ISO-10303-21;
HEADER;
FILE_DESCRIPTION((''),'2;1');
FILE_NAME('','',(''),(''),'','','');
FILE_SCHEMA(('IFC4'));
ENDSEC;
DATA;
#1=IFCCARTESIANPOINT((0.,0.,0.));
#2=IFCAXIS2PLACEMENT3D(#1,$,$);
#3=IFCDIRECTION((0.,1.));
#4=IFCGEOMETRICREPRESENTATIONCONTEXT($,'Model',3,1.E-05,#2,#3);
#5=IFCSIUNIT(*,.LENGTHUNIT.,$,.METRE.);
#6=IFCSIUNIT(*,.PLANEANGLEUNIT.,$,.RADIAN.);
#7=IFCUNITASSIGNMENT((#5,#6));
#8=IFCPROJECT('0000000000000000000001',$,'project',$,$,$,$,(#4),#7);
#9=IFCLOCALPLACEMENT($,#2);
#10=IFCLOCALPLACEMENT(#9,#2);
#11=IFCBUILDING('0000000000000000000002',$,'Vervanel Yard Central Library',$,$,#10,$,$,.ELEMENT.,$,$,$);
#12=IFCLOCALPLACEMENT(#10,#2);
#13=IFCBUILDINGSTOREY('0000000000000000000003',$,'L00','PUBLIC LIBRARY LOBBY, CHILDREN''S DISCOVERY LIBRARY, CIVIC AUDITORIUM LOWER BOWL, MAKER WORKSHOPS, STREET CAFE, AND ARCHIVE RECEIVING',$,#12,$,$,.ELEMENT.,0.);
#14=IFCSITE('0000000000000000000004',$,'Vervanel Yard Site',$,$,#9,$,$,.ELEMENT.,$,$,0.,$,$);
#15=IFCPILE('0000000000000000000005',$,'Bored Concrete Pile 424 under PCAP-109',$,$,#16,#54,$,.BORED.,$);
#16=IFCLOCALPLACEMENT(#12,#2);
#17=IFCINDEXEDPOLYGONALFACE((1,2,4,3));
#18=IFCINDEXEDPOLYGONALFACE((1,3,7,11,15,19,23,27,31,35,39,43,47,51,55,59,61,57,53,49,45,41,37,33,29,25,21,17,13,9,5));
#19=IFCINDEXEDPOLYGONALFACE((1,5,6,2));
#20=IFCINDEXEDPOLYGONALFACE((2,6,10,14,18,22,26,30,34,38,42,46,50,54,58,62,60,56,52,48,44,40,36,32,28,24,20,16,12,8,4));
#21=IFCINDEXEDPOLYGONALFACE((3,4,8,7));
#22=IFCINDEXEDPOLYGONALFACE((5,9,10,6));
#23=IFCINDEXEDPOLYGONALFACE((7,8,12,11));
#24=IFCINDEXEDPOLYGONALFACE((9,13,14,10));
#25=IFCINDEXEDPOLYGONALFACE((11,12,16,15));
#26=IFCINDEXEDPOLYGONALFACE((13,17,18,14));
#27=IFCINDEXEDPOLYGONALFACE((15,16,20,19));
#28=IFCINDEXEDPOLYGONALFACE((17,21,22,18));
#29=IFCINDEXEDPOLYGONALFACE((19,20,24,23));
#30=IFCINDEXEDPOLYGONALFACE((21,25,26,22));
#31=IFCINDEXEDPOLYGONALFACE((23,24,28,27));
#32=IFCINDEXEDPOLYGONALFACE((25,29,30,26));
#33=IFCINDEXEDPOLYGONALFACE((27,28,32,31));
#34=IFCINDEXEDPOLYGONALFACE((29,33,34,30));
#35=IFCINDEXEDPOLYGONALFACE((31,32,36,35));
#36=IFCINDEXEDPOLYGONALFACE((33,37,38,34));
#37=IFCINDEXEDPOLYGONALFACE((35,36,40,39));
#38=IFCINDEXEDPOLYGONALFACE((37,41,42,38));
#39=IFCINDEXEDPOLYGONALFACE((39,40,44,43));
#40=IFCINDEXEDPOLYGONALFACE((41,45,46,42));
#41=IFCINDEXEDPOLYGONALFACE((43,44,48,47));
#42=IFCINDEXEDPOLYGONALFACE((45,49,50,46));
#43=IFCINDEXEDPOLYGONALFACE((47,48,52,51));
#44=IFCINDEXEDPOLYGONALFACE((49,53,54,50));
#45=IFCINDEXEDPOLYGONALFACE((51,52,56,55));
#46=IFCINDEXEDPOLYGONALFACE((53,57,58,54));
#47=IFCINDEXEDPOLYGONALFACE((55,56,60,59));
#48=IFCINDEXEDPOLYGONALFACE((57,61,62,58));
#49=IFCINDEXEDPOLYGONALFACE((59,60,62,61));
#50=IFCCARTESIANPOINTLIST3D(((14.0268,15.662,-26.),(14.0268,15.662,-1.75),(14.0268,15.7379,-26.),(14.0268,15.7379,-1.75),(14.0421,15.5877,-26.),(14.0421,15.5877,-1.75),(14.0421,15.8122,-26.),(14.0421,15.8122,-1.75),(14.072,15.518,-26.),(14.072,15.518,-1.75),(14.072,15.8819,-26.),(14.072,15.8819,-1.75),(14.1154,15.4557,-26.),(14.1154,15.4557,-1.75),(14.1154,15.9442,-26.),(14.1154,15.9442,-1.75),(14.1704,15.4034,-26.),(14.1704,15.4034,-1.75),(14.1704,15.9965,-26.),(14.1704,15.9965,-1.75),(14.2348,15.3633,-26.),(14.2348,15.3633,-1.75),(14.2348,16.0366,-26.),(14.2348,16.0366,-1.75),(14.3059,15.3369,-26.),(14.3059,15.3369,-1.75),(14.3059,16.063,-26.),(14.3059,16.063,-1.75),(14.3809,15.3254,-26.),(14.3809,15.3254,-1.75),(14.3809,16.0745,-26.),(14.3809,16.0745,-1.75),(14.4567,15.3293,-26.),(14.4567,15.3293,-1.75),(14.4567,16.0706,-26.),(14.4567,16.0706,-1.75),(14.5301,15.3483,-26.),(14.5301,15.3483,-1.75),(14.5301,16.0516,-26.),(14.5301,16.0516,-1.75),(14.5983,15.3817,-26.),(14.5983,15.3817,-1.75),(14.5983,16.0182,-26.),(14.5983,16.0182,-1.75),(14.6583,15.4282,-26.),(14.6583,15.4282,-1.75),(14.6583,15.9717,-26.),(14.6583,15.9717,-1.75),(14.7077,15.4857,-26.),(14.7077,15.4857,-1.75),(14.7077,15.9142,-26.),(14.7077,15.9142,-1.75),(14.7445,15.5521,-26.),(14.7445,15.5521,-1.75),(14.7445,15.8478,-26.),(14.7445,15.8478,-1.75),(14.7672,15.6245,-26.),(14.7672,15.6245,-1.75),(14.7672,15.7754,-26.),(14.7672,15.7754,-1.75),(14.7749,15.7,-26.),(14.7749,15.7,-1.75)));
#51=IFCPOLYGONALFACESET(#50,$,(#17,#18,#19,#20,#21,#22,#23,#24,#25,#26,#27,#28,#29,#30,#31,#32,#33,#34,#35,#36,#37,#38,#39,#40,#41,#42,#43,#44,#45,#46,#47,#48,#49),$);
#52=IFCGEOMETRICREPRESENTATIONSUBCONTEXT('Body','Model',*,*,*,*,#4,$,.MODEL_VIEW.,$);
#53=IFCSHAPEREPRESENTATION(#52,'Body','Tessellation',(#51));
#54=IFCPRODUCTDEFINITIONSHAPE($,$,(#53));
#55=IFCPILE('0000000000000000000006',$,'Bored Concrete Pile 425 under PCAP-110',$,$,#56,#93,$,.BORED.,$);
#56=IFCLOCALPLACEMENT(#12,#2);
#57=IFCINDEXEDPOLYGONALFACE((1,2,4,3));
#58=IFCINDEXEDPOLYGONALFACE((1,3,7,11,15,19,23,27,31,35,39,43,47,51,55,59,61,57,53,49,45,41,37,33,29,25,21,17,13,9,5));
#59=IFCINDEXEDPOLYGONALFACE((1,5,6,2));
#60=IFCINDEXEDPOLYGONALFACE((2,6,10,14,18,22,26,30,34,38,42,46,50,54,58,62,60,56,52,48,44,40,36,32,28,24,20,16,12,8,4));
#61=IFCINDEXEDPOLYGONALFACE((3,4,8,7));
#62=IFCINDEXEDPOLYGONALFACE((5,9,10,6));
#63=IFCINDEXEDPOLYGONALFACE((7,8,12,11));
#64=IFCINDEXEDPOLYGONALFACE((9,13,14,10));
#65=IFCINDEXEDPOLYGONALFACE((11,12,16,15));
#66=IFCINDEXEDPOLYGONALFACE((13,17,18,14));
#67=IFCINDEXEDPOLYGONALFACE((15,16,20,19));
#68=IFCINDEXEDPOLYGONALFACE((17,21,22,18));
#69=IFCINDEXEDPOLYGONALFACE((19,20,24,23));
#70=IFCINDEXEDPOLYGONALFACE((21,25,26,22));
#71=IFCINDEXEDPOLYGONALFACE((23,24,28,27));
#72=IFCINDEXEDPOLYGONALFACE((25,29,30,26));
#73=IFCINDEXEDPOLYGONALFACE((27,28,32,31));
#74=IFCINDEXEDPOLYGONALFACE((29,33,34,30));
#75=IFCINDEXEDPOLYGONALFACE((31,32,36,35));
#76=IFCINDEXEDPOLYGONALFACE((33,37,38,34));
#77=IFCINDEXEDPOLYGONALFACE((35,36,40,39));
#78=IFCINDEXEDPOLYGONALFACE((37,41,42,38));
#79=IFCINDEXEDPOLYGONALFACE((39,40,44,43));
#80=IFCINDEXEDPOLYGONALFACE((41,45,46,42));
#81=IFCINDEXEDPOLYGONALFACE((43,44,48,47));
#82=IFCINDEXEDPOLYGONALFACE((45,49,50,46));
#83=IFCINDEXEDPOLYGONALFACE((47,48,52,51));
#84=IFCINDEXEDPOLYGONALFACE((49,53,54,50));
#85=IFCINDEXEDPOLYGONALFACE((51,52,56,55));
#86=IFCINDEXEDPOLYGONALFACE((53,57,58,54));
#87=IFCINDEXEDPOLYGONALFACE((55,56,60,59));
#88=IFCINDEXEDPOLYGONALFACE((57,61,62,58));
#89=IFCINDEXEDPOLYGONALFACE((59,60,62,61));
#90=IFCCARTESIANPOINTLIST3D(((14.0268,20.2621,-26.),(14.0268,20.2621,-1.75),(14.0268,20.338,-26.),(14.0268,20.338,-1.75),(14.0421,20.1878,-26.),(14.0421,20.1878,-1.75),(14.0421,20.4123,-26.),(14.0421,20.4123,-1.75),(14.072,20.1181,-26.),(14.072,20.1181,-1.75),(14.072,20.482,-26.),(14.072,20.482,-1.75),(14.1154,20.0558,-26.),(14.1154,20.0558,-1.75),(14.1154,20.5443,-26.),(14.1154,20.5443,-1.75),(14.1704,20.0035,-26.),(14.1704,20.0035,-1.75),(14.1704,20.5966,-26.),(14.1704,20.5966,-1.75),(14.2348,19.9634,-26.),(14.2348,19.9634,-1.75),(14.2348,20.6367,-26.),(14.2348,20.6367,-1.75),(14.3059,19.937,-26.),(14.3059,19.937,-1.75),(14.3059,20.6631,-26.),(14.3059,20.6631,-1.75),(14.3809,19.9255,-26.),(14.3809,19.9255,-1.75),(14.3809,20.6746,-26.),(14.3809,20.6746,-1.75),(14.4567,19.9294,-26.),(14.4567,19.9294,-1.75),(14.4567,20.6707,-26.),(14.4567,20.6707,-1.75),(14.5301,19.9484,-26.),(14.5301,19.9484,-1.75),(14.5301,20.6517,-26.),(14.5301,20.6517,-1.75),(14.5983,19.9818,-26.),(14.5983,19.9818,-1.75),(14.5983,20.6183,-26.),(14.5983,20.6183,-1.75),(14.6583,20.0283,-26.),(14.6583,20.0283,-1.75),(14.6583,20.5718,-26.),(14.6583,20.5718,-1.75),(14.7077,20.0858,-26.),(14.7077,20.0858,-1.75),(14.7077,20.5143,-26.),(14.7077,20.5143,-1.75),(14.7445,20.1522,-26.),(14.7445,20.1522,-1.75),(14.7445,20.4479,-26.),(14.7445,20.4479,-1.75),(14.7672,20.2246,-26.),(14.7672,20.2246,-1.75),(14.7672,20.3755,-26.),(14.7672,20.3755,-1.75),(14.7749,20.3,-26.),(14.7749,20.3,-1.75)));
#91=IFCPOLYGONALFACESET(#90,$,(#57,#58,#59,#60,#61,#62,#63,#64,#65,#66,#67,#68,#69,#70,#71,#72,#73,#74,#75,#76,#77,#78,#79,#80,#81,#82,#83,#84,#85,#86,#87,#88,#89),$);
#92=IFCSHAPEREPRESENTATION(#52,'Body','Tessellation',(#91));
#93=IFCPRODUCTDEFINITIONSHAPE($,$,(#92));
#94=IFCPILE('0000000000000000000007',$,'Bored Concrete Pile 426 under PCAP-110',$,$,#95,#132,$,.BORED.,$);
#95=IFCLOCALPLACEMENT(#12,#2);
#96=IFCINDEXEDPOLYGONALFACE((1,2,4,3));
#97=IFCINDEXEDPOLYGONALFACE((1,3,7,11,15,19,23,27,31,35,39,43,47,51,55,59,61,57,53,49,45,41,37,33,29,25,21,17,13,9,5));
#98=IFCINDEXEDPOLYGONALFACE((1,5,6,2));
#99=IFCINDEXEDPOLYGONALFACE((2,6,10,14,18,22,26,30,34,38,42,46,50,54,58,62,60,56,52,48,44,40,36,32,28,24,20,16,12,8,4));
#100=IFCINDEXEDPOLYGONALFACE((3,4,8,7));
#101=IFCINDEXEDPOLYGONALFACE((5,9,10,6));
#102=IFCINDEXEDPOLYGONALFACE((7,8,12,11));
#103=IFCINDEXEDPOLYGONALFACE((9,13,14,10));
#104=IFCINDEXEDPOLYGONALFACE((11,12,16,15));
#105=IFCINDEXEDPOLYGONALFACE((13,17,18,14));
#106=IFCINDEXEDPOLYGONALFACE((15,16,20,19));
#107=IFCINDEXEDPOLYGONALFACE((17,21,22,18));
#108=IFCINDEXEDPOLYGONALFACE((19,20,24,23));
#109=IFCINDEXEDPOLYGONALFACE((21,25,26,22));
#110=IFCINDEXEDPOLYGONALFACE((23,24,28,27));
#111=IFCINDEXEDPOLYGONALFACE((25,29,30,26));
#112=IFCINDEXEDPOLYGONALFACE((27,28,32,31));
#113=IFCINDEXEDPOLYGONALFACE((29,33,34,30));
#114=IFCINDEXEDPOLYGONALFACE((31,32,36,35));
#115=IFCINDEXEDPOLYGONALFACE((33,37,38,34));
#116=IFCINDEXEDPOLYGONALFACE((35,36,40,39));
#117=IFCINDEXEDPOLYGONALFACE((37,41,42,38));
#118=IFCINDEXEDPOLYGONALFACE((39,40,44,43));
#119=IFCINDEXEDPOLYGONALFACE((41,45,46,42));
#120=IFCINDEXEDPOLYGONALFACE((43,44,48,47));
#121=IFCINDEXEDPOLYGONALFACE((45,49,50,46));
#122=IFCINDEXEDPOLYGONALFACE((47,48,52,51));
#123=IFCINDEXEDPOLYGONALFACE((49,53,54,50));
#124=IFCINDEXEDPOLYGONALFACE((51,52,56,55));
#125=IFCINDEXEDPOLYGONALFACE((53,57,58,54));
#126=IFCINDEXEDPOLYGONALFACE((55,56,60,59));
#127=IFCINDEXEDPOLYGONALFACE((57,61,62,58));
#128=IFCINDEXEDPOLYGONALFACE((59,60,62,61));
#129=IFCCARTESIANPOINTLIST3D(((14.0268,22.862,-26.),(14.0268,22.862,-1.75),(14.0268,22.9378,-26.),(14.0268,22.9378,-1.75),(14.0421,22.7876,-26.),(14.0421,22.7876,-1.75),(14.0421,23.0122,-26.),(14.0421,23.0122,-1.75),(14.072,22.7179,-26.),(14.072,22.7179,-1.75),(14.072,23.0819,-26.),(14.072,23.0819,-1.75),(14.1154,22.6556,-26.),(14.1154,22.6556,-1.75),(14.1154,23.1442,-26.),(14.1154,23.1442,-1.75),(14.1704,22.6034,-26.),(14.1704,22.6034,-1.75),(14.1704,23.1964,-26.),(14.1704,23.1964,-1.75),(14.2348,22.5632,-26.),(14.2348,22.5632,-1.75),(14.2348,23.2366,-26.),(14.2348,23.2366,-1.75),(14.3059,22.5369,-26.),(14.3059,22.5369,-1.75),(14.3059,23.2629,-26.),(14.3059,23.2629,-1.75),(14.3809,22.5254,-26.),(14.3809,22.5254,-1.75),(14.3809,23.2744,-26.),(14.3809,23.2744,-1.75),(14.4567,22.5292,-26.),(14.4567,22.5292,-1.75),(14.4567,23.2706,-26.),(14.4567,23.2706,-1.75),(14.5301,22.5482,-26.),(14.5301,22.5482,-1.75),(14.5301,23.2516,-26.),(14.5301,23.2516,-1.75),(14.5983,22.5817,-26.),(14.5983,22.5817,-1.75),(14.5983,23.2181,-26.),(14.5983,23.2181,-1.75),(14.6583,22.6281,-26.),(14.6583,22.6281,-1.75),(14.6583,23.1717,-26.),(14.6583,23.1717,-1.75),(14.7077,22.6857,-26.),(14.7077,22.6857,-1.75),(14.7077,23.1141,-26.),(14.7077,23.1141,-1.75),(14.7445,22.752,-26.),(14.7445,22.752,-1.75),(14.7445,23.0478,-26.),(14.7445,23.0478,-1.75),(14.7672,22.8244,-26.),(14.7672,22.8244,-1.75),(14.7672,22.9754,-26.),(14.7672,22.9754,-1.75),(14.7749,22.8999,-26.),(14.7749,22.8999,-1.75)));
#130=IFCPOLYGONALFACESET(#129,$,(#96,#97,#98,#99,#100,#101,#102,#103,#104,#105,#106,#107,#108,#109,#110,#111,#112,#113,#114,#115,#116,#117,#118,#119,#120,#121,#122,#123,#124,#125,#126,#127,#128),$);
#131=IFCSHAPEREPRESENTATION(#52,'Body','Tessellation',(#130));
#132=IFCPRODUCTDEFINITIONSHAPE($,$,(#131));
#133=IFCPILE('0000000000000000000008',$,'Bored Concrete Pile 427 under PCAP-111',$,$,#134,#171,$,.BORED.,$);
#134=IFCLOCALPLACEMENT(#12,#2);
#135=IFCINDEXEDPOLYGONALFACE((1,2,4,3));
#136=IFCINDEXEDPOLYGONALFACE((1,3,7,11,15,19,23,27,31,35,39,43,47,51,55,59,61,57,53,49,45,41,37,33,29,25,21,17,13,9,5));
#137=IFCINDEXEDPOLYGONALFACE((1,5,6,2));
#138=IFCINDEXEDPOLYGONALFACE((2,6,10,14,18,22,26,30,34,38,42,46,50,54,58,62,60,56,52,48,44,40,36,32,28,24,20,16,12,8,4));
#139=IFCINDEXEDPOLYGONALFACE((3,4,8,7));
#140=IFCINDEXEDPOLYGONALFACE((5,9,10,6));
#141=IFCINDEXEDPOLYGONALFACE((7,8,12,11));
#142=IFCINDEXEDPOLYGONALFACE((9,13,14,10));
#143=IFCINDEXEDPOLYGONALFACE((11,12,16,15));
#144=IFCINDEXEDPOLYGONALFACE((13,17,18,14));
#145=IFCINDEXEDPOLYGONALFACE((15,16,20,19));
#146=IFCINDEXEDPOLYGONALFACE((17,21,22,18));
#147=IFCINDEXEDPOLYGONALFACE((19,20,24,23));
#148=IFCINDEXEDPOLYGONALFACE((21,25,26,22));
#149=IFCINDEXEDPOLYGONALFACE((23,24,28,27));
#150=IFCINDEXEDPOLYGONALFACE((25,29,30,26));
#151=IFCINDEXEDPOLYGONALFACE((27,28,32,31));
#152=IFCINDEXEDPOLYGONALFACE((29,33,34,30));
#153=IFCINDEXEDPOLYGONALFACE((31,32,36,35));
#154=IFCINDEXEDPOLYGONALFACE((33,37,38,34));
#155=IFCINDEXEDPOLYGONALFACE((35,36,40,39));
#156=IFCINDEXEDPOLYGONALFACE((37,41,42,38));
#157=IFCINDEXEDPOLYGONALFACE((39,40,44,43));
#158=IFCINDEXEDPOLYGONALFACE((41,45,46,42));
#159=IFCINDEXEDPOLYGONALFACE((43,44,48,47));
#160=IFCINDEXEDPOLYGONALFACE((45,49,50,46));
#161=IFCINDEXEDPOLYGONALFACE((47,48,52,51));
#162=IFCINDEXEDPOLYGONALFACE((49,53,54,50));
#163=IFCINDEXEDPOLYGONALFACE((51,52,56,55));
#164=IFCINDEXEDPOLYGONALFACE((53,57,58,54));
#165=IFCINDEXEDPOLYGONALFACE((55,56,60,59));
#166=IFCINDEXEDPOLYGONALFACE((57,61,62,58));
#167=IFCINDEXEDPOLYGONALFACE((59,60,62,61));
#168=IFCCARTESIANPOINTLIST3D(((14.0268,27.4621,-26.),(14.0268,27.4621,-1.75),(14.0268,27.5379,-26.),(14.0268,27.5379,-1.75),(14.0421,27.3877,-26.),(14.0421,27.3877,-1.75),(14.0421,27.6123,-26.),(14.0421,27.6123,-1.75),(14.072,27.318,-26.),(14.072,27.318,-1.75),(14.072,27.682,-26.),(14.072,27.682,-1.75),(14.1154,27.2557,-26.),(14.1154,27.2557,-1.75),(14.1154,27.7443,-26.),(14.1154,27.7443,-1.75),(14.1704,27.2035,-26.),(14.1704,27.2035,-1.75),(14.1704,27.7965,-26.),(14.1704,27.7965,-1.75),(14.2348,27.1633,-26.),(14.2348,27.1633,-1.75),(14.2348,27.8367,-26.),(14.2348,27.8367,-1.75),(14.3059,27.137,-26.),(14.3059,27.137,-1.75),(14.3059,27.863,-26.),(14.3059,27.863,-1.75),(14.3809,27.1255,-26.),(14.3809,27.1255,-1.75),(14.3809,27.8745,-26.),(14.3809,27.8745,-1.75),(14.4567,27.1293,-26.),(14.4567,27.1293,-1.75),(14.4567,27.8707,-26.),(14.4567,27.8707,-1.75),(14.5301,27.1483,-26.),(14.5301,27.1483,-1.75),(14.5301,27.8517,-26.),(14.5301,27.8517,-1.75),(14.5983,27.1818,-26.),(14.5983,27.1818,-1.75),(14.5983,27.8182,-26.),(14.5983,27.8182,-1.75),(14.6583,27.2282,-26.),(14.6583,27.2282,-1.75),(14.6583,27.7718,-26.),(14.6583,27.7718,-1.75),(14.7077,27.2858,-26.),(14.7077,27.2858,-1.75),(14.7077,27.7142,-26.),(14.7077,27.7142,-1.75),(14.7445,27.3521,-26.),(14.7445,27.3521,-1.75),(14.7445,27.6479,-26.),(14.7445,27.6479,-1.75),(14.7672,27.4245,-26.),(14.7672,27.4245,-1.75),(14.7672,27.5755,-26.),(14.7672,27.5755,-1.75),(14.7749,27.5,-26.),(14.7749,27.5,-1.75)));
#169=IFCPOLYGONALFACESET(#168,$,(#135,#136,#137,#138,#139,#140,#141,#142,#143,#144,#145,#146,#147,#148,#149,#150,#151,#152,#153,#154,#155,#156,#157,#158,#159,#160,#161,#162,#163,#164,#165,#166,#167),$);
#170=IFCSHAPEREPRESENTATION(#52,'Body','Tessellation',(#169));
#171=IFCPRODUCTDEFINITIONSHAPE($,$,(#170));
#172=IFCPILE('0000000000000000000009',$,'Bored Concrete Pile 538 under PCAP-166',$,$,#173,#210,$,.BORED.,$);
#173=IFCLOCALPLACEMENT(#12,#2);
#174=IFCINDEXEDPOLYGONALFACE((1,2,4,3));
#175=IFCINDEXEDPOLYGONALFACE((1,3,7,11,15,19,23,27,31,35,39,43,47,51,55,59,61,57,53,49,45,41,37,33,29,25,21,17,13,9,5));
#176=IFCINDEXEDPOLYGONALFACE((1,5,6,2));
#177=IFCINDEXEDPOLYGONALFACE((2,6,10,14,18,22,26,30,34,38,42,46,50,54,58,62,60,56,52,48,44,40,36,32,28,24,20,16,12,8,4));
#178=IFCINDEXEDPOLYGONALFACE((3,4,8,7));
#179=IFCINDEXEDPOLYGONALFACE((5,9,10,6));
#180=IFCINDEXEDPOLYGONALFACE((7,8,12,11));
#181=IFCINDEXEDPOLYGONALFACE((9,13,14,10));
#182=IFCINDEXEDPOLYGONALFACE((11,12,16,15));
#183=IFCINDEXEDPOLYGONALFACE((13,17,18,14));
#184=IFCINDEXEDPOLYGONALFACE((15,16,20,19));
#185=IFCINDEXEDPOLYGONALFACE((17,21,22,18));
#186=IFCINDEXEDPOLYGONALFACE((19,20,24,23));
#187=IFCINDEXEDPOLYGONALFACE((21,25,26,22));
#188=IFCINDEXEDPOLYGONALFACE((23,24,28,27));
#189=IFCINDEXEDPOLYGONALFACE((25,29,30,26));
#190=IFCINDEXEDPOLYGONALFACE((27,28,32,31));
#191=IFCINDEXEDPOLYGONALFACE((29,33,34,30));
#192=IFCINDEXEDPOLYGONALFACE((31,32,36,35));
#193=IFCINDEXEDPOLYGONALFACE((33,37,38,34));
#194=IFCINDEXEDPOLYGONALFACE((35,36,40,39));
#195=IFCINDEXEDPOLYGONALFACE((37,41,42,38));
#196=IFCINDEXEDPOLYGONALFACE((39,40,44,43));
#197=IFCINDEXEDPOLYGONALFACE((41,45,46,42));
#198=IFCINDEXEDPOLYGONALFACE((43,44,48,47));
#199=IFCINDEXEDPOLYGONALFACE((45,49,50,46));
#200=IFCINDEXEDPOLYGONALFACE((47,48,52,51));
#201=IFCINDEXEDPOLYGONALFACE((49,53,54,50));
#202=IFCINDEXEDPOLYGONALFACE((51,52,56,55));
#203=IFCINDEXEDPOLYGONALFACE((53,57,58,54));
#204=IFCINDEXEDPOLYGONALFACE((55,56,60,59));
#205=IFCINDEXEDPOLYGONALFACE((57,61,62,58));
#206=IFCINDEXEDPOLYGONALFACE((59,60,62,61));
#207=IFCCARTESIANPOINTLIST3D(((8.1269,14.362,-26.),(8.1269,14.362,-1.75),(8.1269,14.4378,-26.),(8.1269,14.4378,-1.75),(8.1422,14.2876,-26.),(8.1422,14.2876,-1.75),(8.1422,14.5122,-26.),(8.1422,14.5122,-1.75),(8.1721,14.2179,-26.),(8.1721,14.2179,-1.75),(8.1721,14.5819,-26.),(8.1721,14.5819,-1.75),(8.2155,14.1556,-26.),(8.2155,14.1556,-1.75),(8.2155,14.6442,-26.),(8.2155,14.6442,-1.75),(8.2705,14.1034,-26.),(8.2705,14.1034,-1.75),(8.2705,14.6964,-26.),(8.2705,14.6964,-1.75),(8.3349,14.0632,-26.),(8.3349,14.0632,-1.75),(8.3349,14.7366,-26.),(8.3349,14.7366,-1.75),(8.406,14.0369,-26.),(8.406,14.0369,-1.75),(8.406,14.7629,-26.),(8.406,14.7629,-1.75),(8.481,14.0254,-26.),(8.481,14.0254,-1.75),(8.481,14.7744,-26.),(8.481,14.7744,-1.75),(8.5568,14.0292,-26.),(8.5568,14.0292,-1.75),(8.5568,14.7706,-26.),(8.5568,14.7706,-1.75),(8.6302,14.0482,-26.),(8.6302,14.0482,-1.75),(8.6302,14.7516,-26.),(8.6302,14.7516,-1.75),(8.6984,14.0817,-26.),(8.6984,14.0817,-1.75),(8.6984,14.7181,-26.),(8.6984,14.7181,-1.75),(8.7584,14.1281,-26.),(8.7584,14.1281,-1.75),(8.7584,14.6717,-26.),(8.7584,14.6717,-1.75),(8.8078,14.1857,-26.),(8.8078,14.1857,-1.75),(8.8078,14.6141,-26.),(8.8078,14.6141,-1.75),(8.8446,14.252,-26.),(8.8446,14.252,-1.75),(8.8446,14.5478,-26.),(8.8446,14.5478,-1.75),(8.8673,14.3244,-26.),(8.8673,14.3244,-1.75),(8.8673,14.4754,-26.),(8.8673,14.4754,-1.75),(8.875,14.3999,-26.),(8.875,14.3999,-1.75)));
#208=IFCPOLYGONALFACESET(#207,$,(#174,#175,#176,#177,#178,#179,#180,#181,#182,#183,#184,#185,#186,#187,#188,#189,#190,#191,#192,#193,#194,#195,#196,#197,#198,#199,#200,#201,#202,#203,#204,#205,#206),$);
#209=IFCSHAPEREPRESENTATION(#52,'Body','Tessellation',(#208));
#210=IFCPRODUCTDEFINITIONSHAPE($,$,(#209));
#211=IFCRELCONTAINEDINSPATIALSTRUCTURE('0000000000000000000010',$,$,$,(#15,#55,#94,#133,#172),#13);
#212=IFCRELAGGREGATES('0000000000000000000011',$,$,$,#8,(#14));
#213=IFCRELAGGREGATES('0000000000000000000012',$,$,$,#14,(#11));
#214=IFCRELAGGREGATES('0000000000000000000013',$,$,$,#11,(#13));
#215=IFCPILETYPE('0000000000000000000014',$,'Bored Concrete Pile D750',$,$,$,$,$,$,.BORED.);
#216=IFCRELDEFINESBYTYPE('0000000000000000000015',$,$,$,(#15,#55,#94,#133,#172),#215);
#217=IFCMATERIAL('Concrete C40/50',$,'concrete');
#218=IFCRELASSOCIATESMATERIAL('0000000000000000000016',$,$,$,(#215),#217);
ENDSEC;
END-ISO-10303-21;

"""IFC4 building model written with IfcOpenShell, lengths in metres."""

from ifc_helpers import new_model, si_unit, direction, frame, origin, origin_2d, place, context, subcontext, project, spatial, circle, extrude, material, material_profile, profile_set, type_object, element, save


model = new_model("IFC4")

# Units and contexts
model_context = context("Model", 3, precision=1e-05, world=origin(), true_north=direction((0.0, 1.0)))
body_context = subcontext(model_context, "Body", "Model", "MODEL_VIEW")
ifc_project = project(units=[si_unit("LENGTHUNIT", "METRE"), si_unit("PLANEANGLEUNIT", "RADIAN")], contexts=[model_context])

# Site, building, storey
site_placement = place(None, origin())
site = spatial("IfcSite", under=ifc_project, at=site_placement, Name="Vervanel Yard Site", CompositionType="ELEMENT", RefElevation=0.0)
building_placement = place(site_placement, origin())
building = spatial("IfcBuilding", under=site, at=building_placement, Name="Vervanel Yard Central Library", CompositionType="ELEMENT")
storey_placement = place(building_placement, origin())
storey = spatial("IfcBuildingStorey", under=building, at=storey_placement, Name="L00", Description="PUBLIC LIBRARY LOBBY, CHILDREN'S DISCOVERY LIBRARY, CIVIC AUDITORIUM LOWER BOWL, MAKER WORKSHOPS, STREET CAFE, AND ARCHIVE RECEIVING", CompositionType="ELEMENT", Elevation=0.0)

# Piles
ifc_material_1 = material(Name="Concrete C40/50", Category="concrete")
ifc_material_profile_1 = material_profile(ifc_material_1, circle(Radius=0.375, at=origin_2d()), Name="BP D750", Category="concrete")
ifc_profile_set_1 = profile_set([ifc_material_profile_1], Name="Concrete C40/50")
pile_type = type_object("IfcPileType", Name="Bored Concrete Pile D750", PredefinedType="BORED", material=ifc_profile_set_1)
for number, where, z_axis, x_axis, name in (
    (1, (14.3999, 15.7, -1.75), (0.0, 0.0, -1.0), (1.0, 0.0, 0.0), "Bored Concrete Pile 424 under PCAP-109"),
    (2, (14.3999, 20.3, -1.75), (0.0, 0.0, -1.0), (1.0, 0.0, 0.0), "Bored Concrete Pile 425 under PCAP-110"),
    (3, (14.3999, 22.8999, -1.75), (0.0, 0.0, -1.0), (1.0, 0.0, 0.0), "Bored Concrete Pile 426 under PCAP-110"),
    (4, (14.3999, 27.5, -1.75), (0.0, 0.0, -1.0), (1.0, 0.0, 0.0), "Bored Concrete Pile 427 under PCAP-111"),
    (5, (8.5, 14.3999, -1.75), (0.0, 0.0, -1.0), (1.0, 0.0, 0.0), "Bored Concrete Pile 538 under PCAP-166"),
):
    element("IfcPile", number, at=place(storey_placement, frame(where, z_axis=z_axis, x_axis=x_axis)), inside=storey, type_object=pile_type, Name=name, PredefinedType="BORED", context=body_context, shape_type="SweptSolid", body=[
        extrude(circle(Radius=0.375, at=origin_2d()), origin(), (0.0, 0.0, 1.0), 24.25),
    ])

save(model, "model.ifc")
